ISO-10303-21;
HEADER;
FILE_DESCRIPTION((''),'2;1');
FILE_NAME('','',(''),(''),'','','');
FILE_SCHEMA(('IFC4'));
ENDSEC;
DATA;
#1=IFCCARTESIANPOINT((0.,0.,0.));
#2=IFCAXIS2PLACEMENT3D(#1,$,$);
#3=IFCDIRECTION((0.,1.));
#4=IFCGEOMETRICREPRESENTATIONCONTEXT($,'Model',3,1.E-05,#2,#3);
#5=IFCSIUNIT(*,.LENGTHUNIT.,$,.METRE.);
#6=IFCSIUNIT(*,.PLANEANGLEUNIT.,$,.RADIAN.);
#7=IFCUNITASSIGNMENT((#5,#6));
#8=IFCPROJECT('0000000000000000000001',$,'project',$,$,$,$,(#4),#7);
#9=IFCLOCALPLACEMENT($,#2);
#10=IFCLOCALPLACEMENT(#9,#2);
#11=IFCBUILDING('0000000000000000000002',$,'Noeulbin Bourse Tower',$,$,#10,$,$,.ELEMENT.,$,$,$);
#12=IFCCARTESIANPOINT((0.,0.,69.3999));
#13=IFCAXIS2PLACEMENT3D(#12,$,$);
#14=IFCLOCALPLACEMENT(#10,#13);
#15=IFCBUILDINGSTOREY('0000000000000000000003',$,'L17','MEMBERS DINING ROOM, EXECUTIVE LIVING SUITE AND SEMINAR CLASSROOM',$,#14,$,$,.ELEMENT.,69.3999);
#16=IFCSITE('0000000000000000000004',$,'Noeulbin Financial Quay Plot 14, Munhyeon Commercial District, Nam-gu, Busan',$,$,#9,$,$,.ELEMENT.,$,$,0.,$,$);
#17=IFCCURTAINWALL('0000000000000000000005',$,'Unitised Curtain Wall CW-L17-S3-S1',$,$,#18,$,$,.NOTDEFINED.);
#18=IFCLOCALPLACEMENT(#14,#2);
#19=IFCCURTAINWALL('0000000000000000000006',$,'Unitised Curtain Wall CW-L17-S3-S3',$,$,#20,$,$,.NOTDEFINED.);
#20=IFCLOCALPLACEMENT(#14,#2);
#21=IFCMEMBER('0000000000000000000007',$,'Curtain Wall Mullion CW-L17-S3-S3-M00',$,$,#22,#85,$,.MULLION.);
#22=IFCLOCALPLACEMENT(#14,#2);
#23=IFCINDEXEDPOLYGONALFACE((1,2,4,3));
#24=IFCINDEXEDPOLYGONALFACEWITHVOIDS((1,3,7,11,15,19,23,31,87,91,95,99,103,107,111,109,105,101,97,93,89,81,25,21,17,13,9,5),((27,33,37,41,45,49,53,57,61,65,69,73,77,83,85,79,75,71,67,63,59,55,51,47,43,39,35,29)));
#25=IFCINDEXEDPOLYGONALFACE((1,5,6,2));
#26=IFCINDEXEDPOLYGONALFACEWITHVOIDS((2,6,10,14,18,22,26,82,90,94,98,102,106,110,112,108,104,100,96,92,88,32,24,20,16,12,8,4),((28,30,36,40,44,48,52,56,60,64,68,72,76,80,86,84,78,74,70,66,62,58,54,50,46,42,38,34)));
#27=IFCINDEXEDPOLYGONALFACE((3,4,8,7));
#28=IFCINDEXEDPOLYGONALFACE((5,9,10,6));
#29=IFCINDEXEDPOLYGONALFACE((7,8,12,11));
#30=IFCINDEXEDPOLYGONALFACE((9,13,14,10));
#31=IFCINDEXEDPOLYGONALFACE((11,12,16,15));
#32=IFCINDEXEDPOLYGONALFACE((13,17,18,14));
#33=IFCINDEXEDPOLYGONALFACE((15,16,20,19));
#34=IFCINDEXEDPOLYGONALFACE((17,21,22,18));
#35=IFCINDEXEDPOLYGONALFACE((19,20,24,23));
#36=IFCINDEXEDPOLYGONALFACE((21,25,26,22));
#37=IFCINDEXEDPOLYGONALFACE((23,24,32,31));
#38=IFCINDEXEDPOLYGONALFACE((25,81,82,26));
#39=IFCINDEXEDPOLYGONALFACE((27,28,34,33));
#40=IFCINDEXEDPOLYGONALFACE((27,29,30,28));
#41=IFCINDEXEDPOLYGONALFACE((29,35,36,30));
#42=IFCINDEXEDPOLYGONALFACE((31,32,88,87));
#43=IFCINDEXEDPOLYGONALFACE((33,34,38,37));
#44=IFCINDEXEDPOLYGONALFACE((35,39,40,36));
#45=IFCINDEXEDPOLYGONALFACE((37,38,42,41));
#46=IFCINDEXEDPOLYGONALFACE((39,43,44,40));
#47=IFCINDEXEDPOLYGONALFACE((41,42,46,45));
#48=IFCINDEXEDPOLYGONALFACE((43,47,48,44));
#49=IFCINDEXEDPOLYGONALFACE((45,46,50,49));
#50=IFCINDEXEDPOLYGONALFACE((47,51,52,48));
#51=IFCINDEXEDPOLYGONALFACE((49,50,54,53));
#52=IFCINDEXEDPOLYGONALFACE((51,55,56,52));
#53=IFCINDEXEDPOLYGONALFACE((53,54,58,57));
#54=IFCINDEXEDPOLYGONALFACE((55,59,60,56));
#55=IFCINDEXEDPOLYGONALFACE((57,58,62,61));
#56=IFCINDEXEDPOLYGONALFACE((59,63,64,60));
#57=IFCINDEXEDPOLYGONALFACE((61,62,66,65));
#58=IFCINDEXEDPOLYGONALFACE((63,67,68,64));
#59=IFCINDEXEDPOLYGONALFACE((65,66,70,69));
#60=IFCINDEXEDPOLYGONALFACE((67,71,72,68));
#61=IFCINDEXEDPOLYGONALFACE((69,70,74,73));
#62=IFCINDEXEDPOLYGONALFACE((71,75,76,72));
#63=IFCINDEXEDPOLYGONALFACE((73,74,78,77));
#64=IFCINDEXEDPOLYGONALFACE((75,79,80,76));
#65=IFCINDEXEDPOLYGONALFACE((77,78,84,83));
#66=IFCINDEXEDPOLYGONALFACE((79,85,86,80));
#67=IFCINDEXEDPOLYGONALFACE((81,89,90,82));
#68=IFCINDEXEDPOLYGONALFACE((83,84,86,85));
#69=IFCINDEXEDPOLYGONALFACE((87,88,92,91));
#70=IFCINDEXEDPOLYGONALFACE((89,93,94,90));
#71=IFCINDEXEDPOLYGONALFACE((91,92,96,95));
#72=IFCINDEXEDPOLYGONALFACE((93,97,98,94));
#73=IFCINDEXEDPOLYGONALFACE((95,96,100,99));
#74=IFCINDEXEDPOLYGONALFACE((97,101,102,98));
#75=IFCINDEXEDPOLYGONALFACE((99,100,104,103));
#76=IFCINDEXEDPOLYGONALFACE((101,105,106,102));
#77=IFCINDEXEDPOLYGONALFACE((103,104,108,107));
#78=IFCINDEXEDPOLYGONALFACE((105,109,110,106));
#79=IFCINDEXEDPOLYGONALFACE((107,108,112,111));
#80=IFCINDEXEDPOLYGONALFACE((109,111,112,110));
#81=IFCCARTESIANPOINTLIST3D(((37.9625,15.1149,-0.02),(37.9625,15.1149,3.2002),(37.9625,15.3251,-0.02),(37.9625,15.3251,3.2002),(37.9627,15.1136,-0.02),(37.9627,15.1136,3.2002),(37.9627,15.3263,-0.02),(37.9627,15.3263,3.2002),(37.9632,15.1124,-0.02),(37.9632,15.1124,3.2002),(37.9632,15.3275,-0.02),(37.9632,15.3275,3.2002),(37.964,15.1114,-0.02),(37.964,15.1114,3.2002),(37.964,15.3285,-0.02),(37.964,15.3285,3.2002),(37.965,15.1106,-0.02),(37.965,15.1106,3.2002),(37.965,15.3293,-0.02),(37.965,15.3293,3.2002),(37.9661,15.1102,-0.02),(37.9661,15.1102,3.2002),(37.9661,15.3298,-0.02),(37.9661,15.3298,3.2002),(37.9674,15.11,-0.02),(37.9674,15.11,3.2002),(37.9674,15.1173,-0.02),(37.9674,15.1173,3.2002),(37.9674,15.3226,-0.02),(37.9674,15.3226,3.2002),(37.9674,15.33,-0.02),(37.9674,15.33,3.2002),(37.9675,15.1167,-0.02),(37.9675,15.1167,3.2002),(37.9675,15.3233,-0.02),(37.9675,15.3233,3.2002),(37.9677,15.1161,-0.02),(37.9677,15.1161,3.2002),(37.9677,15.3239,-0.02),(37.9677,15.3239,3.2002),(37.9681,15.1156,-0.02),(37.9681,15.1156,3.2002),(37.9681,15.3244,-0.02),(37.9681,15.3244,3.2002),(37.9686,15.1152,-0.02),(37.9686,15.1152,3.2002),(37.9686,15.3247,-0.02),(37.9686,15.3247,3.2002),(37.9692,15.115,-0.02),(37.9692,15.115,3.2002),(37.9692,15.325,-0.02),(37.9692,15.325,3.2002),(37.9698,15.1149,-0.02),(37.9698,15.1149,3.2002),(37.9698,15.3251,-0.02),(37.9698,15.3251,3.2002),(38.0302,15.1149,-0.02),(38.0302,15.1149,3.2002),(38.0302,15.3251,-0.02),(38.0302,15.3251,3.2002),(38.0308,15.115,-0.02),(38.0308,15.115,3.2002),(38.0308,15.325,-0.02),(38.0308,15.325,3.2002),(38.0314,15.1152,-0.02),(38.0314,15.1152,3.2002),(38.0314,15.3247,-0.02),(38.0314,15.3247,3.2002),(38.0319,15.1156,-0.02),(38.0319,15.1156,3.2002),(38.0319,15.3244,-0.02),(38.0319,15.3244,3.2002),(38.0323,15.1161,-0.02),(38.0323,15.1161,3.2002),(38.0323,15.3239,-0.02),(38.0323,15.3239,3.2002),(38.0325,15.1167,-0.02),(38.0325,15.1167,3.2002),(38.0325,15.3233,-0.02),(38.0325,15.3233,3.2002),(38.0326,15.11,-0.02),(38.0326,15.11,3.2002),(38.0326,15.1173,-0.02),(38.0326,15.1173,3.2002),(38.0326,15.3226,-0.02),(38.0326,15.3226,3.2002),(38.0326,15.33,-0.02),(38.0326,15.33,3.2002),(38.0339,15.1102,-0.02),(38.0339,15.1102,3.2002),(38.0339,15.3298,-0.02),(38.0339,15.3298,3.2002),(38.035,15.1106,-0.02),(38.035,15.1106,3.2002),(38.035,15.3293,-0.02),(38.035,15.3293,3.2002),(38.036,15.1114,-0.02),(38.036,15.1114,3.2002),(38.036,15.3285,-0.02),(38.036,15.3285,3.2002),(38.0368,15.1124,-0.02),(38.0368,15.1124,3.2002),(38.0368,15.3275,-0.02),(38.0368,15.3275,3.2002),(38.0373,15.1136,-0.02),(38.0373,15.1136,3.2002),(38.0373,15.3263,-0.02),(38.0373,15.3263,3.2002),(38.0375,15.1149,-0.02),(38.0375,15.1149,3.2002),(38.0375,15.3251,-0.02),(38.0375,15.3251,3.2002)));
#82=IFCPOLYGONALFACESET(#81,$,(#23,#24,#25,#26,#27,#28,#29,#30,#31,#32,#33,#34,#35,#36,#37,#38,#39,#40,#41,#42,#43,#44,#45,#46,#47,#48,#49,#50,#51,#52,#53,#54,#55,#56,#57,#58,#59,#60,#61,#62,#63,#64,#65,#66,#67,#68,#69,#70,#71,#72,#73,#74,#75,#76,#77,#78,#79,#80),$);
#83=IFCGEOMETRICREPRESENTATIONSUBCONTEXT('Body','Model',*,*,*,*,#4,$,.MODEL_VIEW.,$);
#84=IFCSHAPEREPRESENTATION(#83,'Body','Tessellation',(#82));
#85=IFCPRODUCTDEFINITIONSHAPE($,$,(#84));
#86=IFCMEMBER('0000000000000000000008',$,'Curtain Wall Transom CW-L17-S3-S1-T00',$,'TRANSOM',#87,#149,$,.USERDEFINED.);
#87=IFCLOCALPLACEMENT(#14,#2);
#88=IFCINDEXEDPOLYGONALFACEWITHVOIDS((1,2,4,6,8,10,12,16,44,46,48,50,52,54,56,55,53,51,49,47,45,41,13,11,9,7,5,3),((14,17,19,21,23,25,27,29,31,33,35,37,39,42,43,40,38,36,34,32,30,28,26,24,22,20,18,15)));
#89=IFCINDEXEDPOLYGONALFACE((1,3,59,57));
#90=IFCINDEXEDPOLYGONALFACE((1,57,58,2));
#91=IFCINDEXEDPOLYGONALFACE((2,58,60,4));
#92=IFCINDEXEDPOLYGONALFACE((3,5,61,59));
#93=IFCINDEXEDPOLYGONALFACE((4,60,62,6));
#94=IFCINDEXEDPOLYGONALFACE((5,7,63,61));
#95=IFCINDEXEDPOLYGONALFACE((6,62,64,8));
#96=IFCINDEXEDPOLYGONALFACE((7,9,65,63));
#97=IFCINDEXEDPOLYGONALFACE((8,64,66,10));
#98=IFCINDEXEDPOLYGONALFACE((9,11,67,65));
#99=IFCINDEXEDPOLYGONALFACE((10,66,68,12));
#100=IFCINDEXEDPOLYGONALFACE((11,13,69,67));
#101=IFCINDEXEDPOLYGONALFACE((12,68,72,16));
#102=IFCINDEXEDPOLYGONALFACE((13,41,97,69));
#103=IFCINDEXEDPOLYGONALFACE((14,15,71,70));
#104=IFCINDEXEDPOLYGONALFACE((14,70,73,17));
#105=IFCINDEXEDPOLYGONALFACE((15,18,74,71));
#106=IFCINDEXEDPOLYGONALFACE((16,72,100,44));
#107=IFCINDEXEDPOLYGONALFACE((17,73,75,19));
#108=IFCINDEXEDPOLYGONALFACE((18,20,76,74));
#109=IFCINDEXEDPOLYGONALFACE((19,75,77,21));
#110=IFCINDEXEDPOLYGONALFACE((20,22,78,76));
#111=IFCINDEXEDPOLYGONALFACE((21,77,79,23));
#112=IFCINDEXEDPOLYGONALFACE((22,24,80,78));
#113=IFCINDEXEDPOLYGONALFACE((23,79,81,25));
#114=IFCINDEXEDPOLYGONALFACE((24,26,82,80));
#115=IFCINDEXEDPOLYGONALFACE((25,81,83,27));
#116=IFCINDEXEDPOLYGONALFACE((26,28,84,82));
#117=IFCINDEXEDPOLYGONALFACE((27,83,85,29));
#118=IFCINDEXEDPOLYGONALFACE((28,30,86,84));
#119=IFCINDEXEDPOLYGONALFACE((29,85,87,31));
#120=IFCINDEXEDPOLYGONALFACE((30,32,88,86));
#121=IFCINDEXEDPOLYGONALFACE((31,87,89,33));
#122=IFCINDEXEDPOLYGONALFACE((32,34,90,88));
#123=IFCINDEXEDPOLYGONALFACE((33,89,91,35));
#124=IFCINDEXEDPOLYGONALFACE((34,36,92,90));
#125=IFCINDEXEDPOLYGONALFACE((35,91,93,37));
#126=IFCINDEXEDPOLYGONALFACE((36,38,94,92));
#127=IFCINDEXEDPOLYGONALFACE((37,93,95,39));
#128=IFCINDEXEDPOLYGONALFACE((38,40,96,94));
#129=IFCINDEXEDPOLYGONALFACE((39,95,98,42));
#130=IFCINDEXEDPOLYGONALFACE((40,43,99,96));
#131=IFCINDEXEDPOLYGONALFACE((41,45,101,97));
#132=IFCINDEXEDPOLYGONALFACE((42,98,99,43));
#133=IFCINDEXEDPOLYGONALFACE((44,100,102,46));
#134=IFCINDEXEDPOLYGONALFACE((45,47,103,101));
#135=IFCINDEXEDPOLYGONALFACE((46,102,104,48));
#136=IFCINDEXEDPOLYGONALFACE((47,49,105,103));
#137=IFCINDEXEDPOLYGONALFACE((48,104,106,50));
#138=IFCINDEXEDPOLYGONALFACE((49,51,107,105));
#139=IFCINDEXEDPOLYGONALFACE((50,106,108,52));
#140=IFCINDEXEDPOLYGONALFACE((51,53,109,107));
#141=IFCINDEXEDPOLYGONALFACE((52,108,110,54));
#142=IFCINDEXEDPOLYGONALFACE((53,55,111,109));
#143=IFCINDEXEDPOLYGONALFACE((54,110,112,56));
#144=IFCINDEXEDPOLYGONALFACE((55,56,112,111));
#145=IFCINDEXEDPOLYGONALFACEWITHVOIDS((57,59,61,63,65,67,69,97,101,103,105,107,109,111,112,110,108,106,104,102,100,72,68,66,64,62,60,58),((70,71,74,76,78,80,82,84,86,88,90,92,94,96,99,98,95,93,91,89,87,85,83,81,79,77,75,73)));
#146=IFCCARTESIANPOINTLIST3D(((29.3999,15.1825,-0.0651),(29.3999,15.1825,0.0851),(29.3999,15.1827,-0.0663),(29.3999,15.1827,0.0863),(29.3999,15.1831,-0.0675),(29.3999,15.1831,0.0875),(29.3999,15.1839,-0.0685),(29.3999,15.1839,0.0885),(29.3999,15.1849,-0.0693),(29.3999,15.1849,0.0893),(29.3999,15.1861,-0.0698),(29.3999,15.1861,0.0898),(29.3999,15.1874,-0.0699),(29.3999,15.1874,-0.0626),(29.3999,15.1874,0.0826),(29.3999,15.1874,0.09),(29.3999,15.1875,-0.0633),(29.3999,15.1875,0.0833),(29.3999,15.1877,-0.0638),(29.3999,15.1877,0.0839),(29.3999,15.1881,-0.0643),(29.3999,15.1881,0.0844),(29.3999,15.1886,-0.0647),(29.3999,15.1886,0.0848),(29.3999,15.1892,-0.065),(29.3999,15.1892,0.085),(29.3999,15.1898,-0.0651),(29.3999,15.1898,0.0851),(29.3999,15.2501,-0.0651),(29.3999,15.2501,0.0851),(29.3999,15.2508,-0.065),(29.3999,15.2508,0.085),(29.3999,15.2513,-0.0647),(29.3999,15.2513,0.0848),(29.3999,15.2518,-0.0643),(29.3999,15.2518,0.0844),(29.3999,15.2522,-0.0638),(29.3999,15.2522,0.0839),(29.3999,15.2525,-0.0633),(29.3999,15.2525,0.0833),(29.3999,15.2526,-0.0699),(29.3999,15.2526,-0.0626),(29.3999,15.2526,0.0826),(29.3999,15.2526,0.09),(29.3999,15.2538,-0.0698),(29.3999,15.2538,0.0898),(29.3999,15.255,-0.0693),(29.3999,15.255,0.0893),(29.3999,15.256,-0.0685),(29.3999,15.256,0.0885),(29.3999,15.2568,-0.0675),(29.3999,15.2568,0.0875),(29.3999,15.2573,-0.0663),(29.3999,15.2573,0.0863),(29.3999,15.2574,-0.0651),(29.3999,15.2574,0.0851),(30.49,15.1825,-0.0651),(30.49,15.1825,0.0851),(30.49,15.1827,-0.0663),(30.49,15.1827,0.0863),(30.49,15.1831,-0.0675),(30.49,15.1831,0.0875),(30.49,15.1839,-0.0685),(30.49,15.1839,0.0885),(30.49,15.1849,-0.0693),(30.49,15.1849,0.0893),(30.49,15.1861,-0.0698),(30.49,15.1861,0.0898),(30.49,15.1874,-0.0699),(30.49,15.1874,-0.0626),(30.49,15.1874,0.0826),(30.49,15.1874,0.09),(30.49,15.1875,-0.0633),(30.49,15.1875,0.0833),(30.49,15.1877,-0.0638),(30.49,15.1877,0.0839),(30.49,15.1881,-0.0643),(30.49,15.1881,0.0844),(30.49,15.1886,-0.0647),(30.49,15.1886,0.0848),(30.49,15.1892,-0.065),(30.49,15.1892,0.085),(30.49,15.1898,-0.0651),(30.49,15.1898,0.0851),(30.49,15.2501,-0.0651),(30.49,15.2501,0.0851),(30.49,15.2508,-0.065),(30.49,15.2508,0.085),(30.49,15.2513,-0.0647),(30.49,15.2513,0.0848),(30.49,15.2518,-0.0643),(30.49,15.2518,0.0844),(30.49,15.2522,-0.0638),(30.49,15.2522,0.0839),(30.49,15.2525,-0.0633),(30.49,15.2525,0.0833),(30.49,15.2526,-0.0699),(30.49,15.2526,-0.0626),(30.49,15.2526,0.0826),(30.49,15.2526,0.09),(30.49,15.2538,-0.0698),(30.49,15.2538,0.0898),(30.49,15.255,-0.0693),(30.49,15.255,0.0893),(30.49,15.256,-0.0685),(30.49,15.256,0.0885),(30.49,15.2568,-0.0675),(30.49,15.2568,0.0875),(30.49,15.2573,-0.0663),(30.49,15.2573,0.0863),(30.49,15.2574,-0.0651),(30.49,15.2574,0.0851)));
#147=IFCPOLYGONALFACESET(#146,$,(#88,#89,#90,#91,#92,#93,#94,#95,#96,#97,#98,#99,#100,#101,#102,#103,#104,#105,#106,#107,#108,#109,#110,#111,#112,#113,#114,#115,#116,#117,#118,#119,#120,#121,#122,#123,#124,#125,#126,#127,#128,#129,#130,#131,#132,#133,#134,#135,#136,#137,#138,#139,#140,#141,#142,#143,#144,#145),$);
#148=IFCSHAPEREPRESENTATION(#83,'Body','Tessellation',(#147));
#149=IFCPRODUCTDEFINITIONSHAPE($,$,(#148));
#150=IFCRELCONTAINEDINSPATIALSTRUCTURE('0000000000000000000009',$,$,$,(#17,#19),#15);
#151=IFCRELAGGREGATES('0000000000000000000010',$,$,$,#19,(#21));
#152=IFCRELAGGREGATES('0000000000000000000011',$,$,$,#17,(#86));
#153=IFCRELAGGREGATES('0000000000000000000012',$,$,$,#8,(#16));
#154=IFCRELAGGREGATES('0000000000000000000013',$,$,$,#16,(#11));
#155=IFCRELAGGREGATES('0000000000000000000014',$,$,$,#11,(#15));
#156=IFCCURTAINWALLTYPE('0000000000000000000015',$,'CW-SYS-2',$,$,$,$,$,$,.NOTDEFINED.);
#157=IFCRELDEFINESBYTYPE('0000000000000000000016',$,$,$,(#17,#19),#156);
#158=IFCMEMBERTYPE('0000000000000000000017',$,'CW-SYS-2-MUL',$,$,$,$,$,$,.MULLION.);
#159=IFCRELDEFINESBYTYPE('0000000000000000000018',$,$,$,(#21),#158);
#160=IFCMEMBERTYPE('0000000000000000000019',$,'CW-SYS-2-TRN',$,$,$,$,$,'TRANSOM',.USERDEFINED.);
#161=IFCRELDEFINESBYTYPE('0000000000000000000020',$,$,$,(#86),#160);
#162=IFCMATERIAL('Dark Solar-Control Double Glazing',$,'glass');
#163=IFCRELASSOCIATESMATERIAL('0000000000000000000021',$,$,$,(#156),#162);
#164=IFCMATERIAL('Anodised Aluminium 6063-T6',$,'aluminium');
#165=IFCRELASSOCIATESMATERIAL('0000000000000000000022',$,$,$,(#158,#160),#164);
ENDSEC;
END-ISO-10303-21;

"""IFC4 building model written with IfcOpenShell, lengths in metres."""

from ifc_helpers import new_model, si_unit, direction, frame, origin, origin_2d, place, context, subcontext, project, spatial, hollow_rectangle, extrude, material, material_profile, profile_set, type_object, element, aggregate, save


model = new_model("IFC4")

# Units and contexts
model_context = context("Model", 3, precision=1e-05, world=origin(), true_north=direction((0.0, 1.0)))
body_context = subcontext(model_context, "Body", "Model", "MODEL_VIEW")
ifc_project = project(units=[si_unit("LENGTHUNIT", "METRE"), si_unit("PLANEANGLEUNIT", "RADIAN")], contexts=[model_context])

# Site, building, storey
site_placement = place(None, origin())
site = spatial("IfcSite", under=ifc_project, at=site_placement, Name="Noeulbin Financial Quay Plot 14, Munhyeon Commercial District, Nam-gu, Busan", CompositionType="ELEMENT", RefElevation=0.0)
building_placement = place(site_placement, origin())
building = spatial("IfcBuilding", under=site, at=building_placement, Name="Noeulbin Bourse Tower", CompositionType="ELEMENT")
storey_placement = place(building_placement, frame((0.0, 0.0, 69.3999)))
storey = spatial("IfcBuildingStorey", under=building, at=storey_placement, Name="L17", Description="MEMBERS DINING ROOM, EXECUTIVE LIVING SUITE AND SEMINAR CLASSROOM", CompositionType="ELEMENT", Elevation=69.3999)

# Curtain wall
ifc_material_1 = material(Name="Dark Solar-Control Double Glazing", Category="glass")
curtain_wall_type = type_object("IfcCurtainWallType", Name="CW-SYS-2", PredefinedType="NOTDEFINED", material=ifc_material_1)
curtain_wall_1_placement = place(storey_placement, origin())
curtain_wall_1 = element("IfcCurtainWall", 1, at=curtain_wall_1_placement, inside=storey, type_object=curtain_wall_type, Name="Unitised Curtain Wall CW-L17-S3-S1", PredefinedType="NOTDEFINED")
ifc_material_2 = material(Name="Anodised Aluminium 6063-T6", Category="aluminium")
ifc_material_profile_1 = material_profile(ifc_material_2, hollow_rectangle(XDim=0.075, YDim=0.22, WallThickness=0.0049, InnerFilletRadius=0.0024, OuterFilletRadius=0.0049, at=origin_2d()), Name="ALU-MULL-75x220x5", Category="LoadBearing")
ifc_profile_set_1 = profile_set([ifc_material_profile_1], Name="Anodised Aluminium 6063-T6")
member_type_1 = type_object("IfcMemberType", Name="CW-SYS-2-MUL", PredefinedType="MULLION", material=ifc_profile_set_1)

# Curtain wall, member
curtain_wall_2_placement = place(storey_placement, origin())
curtain_wall_2 = element("IfcCurtainWall", 2, at=curtain_wall_2_placement, inside=storey, type_object=curtain_wall_type, Name="Unitised Curtain Wall CW-L17-S3-S3", PredefinedType="NOTDEFINED")
member_1_placement = place(storey_placement, frame((38.0, 15.22, -0.02), z_axis=(0.0, 0.0, 1.0), x_axis=(1.0, 0.0, 0.0)))
member_1 = element("IfcMember", 3, at=member_1_placement, type_object=member_type_1, Name="Curtain Wall Mullion CW-L17-S3-S3-M00", PredefinedType="MULLION", context=body_context, shape_type="SweptSolid", body=[
    extrude(hollow_rectangle(XDim=0.075, YDim=0.22, WallThickness=0.0049, InnerFilletRadius=0.0024, OuterFilletRadius=0.0049, at=origin_2d()), origin(), (0.0, 0.0, 1.0), 3.2202),
])
aggregate(curtain_wall_2, [member_1])

# Member
ifc_material_profile_2 = material_profile(ifc_material_2, hollow_rectangle(XDim=0.075, YDim=0.1599, WallThickness=0.0049, InnerFilletRadius=0.0024, OuterFilletRadius=0.0049, at=origin_2d()), Name="ALU-TRAN-75x160x5", Category="LoadBearing")
ifc_profile_set_2 = profile_set([ifc_material_profile_2], Name="Anodised Aluminium 6063-T6")
member_type_2 = type_object("IfcMemberType", Name="CW-SYS-2-TRN", ElementType="TRANSOM", PredefinedType="USERDEFINED", material=ifc_profile_set_2)
member_2_placement = place(storey_placement, frame((29.3999, 15.22, 0.01), z_axis=(1.0, 0.0, 0.0), x_axis=(0.0, 1.0, 0.0)))
member_2 = element("IfcMember", 4, at=member_2_placement, type_object=member_type_2, Name="Curtain Wall Transom CW-L17-S3-S1-T00", ObjectType="TRANSOM", PredefinedType="USERDEFINED", context=body_context, shape_type="SweptSolid", body=[
    extrude(hollow_rectangle(XDim=0.075, YDim=0.1599, WallThickness=0.0049, InnerFilletRadius=0.0024, OuterFilletRadius=0.0049, at=origin_2d()), origin(), (0.0, 0.0, 1.0), 1.0901),
])

aggregate(curtain_wall_1, [member_2])

save(model, "model.ifc")
